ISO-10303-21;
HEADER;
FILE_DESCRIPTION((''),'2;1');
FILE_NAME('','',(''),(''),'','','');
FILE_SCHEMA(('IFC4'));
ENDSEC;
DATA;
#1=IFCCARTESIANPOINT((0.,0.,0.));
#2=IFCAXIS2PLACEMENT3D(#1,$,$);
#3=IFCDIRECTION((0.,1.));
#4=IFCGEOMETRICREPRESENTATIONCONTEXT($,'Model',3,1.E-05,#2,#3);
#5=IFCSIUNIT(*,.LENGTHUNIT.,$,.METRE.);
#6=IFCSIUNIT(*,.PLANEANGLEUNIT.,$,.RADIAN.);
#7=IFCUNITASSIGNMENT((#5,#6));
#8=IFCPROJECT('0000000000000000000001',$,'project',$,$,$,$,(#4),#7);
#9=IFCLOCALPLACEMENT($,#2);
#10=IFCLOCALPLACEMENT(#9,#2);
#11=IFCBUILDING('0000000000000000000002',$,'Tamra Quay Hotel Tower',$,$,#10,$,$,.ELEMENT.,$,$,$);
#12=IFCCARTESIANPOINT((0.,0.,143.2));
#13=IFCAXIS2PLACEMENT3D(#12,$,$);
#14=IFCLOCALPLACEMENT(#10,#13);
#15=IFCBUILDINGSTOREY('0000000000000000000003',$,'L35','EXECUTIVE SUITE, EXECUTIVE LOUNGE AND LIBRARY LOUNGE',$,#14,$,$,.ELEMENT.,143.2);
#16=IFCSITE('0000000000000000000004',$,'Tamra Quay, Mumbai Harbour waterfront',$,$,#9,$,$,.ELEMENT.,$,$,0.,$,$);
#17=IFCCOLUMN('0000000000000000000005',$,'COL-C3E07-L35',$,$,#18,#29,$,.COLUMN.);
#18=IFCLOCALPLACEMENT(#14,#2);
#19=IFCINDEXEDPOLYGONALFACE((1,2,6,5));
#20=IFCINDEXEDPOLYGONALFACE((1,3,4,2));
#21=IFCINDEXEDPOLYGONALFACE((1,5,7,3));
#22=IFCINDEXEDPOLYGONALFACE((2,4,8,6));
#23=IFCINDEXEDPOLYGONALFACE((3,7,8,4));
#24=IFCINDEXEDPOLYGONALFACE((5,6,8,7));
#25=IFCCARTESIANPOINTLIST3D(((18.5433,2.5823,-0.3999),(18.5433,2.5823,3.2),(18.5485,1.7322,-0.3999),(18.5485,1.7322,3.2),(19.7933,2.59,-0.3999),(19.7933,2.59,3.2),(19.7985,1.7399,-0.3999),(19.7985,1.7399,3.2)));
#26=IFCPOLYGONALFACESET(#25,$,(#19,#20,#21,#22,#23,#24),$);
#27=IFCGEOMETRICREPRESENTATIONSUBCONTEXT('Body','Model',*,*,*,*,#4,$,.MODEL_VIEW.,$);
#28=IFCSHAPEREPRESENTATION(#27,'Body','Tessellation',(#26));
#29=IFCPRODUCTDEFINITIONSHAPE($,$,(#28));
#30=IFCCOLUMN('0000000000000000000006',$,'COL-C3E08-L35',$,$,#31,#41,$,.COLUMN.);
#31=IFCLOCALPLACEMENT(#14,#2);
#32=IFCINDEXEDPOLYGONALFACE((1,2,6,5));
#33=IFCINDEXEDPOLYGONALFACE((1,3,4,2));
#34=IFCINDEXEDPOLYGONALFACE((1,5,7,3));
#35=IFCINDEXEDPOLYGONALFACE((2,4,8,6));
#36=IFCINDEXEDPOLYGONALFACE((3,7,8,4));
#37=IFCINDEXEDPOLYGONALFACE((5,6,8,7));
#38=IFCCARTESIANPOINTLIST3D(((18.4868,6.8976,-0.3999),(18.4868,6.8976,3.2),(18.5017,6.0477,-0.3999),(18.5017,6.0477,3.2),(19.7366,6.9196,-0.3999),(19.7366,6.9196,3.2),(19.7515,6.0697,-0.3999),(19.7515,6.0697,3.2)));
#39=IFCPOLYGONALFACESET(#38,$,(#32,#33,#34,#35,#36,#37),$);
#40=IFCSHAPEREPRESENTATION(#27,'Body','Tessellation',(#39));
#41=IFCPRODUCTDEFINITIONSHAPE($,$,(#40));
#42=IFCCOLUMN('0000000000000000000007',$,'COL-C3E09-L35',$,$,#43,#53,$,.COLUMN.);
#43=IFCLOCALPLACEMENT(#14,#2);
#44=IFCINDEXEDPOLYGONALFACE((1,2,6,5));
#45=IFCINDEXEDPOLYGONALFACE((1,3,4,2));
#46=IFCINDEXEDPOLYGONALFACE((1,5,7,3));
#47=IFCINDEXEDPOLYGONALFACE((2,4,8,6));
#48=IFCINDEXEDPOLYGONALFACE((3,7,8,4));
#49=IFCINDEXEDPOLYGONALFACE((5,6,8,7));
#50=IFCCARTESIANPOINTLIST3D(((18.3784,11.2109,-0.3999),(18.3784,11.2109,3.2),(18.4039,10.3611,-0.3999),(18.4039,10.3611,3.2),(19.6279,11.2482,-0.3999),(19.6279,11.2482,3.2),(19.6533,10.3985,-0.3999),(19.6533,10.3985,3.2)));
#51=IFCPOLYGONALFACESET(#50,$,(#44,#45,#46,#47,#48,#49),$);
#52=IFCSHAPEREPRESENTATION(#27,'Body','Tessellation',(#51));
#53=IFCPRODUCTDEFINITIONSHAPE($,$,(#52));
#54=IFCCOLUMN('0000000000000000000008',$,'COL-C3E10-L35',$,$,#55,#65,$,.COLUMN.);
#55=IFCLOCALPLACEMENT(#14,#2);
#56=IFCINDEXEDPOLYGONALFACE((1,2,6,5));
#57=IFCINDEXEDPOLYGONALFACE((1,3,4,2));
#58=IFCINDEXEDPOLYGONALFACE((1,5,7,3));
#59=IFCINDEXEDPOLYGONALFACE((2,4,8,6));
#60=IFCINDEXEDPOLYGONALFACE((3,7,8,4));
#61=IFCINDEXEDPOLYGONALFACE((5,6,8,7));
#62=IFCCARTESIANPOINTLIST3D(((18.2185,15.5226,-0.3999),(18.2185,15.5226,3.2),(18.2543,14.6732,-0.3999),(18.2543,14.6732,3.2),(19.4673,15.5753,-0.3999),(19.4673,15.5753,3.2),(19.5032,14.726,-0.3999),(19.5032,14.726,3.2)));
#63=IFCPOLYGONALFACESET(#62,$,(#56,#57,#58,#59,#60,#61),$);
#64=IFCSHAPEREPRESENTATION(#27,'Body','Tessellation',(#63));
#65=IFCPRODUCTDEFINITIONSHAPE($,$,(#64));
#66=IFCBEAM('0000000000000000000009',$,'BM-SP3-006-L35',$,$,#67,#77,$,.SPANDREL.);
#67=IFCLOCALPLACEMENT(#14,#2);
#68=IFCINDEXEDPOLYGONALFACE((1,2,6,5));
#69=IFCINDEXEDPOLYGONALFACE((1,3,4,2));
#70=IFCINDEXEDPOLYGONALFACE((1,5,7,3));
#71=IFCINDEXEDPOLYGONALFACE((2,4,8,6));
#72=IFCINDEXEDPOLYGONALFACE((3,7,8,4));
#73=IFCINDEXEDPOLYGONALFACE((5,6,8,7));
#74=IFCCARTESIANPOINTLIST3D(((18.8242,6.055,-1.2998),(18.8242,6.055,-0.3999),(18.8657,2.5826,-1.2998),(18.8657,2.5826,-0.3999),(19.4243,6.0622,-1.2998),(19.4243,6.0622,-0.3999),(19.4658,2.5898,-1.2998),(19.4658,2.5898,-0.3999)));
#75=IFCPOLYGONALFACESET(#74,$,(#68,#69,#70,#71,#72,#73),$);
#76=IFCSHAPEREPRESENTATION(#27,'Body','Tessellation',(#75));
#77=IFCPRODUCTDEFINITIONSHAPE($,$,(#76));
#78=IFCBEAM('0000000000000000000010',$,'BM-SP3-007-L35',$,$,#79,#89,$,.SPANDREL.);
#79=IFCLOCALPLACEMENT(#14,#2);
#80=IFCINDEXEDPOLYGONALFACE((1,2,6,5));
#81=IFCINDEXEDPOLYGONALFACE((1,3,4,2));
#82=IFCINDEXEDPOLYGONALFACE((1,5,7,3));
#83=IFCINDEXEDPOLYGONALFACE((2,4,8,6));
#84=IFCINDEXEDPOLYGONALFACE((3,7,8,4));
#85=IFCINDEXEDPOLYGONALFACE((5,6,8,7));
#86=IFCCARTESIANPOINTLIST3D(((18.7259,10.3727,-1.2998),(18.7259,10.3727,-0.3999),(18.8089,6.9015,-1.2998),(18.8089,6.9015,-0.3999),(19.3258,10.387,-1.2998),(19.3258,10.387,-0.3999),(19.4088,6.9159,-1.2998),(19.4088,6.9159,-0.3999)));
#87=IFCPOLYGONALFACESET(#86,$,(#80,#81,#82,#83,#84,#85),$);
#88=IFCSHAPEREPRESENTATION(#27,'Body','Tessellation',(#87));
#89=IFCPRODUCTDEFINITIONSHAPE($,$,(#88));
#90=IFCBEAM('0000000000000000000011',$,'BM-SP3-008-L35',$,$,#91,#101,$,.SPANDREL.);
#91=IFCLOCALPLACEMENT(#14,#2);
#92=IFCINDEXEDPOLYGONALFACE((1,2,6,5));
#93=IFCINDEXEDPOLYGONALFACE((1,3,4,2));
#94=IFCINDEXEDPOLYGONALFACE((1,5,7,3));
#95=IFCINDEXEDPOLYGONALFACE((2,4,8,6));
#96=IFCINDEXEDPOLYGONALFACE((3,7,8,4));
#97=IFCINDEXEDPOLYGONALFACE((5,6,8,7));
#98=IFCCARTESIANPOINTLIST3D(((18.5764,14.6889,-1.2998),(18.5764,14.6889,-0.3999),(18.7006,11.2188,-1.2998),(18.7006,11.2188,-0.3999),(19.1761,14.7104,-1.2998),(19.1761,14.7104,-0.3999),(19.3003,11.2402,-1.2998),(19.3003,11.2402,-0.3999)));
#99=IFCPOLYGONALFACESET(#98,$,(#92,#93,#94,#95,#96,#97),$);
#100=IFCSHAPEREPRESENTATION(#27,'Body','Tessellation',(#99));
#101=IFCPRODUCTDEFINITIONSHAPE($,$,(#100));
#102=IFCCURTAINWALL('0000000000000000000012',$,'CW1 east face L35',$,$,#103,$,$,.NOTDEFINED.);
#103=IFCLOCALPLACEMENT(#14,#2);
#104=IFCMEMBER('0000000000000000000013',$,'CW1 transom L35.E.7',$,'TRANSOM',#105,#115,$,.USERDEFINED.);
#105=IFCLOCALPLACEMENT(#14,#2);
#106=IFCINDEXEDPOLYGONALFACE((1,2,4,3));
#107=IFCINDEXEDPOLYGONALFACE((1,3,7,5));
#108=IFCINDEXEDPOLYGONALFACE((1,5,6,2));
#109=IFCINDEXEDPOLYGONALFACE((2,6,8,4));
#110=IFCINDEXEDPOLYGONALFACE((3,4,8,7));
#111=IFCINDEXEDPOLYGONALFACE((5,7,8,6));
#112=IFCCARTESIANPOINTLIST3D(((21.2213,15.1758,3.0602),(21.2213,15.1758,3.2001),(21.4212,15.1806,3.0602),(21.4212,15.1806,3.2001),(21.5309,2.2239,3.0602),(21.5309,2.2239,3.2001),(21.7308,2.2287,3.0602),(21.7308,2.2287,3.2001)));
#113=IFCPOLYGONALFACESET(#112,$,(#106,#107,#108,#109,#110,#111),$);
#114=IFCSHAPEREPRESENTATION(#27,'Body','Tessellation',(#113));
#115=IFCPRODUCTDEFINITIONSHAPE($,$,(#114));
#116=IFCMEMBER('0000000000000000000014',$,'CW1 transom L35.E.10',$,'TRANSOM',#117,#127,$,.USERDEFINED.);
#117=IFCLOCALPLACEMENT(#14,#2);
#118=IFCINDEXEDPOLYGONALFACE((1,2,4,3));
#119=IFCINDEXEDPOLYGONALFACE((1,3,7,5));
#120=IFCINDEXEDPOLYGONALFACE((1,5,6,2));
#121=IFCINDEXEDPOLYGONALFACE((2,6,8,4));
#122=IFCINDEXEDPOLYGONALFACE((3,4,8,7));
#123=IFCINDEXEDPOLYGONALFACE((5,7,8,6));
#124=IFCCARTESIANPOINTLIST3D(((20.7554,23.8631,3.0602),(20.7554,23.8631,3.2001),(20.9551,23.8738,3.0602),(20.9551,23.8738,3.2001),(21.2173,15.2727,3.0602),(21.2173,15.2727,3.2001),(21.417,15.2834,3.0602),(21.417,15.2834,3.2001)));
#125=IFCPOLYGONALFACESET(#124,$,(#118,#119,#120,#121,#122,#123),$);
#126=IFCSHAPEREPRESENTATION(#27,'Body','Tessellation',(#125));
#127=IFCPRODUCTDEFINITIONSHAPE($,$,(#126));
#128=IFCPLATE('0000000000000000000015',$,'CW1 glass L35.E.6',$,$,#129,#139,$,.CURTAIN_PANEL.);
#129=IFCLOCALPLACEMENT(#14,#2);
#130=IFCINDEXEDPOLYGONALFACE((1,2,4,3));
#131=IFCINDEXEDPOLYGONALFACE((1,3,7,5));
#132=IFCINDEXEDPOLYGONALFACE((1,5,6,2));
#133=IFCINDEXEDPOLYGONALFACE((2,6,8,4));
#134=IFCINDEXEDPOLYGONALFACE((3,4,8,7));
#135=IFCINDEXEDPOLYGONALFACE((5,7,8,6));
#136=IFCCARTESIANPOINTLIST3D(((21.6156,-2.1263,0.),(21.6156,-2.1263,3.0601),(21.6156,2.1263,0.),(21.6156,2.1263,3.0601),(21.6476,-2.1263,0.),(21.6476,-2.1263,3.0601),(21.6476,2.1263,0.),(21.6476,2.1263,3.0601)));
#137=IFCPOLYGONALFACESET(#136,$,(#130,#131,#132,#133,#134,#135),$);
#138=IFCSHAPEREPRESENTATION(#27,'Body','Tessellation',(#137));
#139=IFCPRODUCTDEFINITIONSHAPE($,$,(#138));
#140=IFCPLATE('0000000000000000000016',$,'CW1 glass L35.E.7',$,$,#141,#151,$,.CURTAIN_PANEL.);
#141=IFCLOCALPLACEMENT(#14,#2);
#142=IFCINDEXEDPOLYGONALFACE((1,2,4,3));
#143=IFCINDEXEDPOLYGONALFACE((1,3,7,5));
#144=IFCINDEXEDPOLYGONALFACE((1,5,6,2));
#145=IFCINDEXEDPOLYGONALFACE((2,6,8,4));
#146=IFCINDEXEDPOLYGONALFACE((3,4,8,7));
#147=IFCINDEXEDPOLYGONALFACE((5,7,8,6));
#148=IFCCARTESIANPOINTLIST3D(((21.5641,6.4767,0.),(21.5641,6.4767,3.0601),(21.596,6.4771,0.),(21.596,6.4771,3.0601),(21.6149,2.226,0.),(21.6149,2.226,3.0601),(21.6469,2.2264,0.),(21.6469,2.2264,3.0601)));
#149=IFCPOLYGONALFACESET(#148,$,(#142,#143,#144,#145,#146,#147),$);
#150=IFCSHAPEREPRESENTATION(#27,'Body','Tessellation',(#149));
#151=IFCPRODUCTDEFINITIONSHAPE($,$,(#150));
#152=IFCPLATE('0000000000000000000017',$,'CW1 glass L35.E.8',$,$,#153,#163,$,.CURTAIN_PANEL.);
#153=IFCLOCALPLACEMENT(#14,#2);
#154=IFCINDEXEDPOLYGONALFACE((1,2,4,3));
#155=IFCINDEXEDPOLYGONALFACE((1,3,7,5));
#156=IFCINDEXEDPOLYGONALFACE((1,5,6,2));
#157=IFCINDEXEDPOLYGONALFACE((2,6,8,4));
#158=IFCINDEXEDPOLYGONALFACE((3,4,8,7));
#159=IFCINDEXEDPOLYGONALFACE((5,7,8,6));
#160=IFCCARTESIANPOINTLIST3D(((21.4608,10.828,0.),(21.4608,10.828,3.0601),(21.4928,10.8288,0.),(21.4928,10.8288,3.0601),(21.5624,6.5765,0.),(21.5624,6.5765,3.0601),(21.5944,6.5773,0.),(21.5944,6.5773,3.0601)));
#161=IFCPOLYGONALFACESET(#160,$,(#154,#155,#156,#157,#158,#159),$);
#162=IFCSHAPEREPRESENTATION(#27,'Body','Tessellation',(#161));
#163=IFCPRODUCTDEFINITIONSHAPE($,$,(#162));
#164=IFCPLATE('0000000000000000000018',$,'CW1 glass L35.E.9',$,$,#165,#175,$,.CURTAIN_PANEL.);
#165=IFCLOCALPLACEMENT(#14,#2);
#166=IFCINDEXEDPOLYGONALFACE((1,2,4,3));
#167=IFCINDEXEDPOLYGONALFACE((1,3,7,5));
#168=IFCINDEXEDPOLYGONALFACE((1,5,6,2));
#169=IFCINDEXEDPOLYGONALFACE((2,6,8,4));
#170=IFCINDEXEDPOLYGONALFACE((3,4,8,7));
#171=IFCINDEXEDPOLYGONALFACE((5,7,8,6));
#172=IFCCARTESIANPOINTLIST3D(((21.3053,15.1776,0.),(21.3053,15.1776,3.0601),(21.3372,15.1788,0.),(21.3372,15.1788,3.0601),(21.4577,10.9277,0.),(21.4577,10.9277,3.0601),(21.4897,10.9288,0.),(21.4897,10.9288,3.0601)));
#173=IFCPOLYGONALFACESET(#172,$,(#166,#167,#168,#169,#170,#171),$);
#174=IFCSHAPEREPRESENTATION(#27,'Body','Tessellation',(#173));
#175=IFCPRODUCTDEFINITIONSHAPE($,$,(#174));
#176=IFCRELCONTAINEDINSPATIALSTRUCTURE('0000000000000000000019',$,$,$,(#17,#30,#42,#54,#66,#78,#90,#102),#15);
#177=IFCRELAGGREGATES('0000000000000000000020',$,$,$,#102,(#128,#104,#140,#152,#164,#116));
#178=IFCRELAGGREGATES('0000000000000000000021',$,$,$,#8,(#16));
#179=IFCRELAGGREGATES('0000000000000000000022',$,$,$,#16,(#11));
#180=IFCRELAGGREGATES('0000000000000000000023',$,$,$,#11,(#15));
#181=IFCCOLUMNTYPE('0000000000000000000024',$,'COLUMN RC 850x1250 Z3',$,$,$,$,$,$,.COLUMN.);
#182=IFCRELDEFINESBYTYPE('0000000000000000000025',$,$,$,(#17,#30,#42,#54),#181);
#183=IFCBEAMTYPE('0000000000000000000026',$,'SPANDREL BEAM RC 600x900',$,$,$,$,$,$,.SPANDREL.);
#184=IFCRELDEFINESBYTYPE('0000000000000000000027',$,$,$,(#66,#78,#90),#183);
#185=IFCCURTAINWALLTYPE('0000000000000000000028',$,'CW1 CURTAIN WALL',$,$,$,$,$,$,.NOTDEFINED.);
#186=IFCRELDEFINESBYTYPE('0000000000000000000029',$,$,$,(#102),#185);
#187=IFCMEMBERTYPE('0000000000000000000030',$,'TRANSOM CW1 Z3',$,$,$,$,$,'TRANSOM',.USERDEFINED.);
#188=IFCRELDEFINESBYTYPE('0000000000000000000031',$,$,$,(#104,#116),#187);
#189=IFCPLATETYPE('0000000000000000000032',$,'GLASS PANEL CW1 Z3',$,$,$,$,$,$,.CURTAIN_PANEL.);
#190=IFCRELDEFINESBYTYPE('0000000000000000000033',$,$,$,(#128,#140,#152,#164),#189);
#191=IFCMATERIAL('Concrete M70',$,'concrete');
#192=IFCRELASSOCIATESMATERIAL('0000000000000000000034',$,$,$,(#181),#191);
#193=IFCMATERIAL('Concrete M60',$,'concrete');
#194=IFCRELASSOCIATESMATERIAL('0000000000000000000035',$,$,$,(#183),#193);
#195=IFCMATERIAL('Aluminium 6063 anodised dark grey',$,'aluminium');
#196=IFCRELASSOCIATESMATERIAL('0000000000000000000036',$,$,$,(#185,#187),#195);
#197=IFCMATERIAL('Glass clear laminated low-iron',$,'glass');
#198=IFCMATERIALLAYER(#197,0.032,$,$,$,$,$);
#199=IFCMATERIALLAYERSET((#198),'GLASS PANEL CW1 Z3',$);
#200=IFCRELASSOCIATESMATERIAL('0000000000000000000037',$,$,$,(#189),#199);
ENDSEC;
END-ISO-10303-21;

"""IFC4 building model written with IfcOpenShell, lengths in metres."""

from ifc_helpers import new_model, si_unit, direction, frame, origin, origin_2d, place, context, subcontext, project, spatial, rectangle, extrude, material, layer, layer_set, material_profile, profile_set, type_object, element, aggregate, save


model = new_model("IFC4")

# Units and contexts
model_context = context("Model", 3, precision=1e-05, world=origin(), true_north=direction((0.0, 1.0)))
body_context = subcontext(model_context, "Body", "Model", "MODEL_VIEW")
ifc_project = project(units=[si_unit("LENGTHUNIT", "METRE"), si_unit("PLANEANGLEUNIT", "RADIAN")], contexts=[model_context])

# Site, building, storey
site_placement = place(None, origin())
site = spatial("IfcSite", under=ifc_project, at=site_placement, Name="Tamra Quay, Mumbai Harbour waterfront", CompositionType="ELEMENT", RefElevation=0.0)
building_placement = place(site_placement, origin())
building = spatial("IfcBuilding", under=site, at=building_placement, Name="Tamra Quay Hotel Tower", CompositionType="ELEMENT")
storey_placement = place(building_placement, frame((0.0, 0.0, 143.2)))
storey = spatial("IfcBuildingStorey", under=building, at=storey_placement, Name="L35", Description="EXECUTIVE SUITE, EXECUTIVE LOUNGE AND LIBRARY LOUNGE", CompositionType="ELEMENT", Elevation=143.2)

# Columns
ifc_material_1 = material(Name="Concrete M70", Category="concrete")
ifc_material_profile_1 = material_profile(ifc_material_1, rectangle(XDim=1.25, YDim=0.8501, at=origin_2d()), Name="COLUMN RC 850x1250 Z3")
ifc_profile_set_1 = profile_set([ifc_material_profile_1], Name="Concrete M70")
column_type = type_object("IfcColumnType", Name="COLUMN RC 850x1250 Z3", PredefinedType="COLUMN", material=ifc_profile_set_1)
for number, where, z_axis, x_axis, name in (
    (1, (19.1709, 2.1611, -0.3999), (0.0, 0.0, 1.0), (0.999981, 0.006159, 0.0), "COL-C3E07-L35"),
    (2, (19.1191, 6.4836, -0.3999), (0.0, 0.0, 1.0), (0.999845, 0.017597, 0.0), "COL-C3E08-L35"),
    (3, (19.0159, 10.8047, -0.3999), (0.0, 0.0, 1.0), (0.999553, 0.029907, 0.0), "COL-C3E09-L35"),
    (4, (18.8608, 15.1243, -0.3999), (0.0, 0.0, 1.0), (0.999109, 0.042202, 0.0), "COL-C3E10-L35"),
):
    element("IfcColumn", number, at=place(storey_placement, frame(where, z_axis=z_axis, x_axis=x_axis)), inside=storey, type_object=column_type, Name=name, PredefinedType="COLUMN", context=body_context, shape_type="SweptSolid", body=[
        extrude(rectangle(XDim=1.25, YDim=0.8501, at=origin_2d()), origin(), (0.0, 0.0, 1.0), 3.5999),
    ])

# Beams
ifc_material_2 = material(Name="Concrete M60", Category="concrete")
ifc_material_profile_2 = material_profile(ifc_material_2, rectangle(XDim=0.6001, YDim=0.8999, at=origin_2d()), Name="SPANDREL BEAM RC 600x900")
ifc_profile_set_2 = profile_set([ifc_material_profile_2], Name="Concrete M60")
beam_type = type_object("IfcBeamType", Name="SPANDREL BEAM RC 600x900", PredefinedType="SPANDREL", material=ifc_profile_set_2)
beam_1_placement = place(storey_placement, frame((19.1658, 2.5862, -0.8499), z_axis=(-0.011952, 0.999929, 0.0), x_axis=(-0.999929, -0.011952, 0.0)))
element("IfcBeam", 5, at=beam_1_placement, inside=storey, type_object=beam_type, Name="BM-SP3-006-L35", PredefinedType="SPANDREL", context=body_context, shape_type="SweptSolid", body=[
    extrude(rectangle(XDim=0.6001, YDim=0.8999, at=origin_2d()), origin(), (0.0, 0.0, 1.0), 3.4727),
])
beam_2_placement = place(storey_placement, frame((19.1089, 6.9087, -0.8499), z_axis=(-0.023907, 0.999714, 0.0), x_axis=(-0.999714, -0.023907, 0.0)))
element("IfcBeam", 6, at=beam_2_placement, inside=storey, type_object=beam_type, Name="BM-SP3-007-L35", PredefinedType="SPANDREL", context=body_context, shape_type="SweptSolid", body=[
    extrude(rectangle(XDim=0.6001, YDim=0.8999, at=origin_2d()), origin(), (0.0, 0.0, 1.0), 3.4722),
])
beam_3_placement = place(storey_placement, frame((19.0005, 11.2295, -0.8499), z_axis=(-0.035787, 0.999359, 0.0), x_axis=(-0.999359, -0.035787, 0.0)))
element("IfcBeam", 7, at=beam_3_placement, inside=storey, type_object=beam_type, Name="BM-SP3-008-L35", PredefinedType="SPANDREL", context=body_context, shape_type="SweptSolid", body=[
    extrude(rectangle(XDim=0.6001, YDim=0.8999, at=origin_2d()), origin(), (0.0, 0.0, 1.0), 3.4724),
])

# Curtain wall, members, plates
ifc_material_3 = material(Name="Aluminium 6063 anodised dark grey", Category="aluminium")
curtain_wall_type = type_object("IfcCurtainWallType", Name="CW1 CURTAIN WALL", PredefinedType="NOTDEFINED", material=ifc_material_3)
curtain_wall_placement = place(storey_placement, origin())
curtain_wall = element("IfcCurtainWall", 8, at=curtain_wall_placement, inside=storey, type_object=curtain_wall_type, Name="CW1 east face L35", PredefinedType="NOTDEFINED")
ifc_material_profile_3 = material_profile(ifc_material_3, rectangle(XDim=0.2, YDim=0.1399, at=origin_2d()), Name="TRANSOM 200X140")
ifc_profile_set_3 = profile_set([ifc_material_profile_3], Name="Aluminium 6063 anodised dark grey")
member_type = type_object("IfcMemberType", Name="TRANSOM CW1 Z3", ElementType="TRANSOM", PredefinedType="USERDEFINED", material=ifc_profile_set_3)
member_1_placement = place(storey_placement, frame((21.6309, 2.2263, 3.1301), z_axis=(-0.023895, 0.999714, 0.0), x_axis=(-0.999714, -0.023895, 0.0)))
member_1 = element("IfcMember", 9, at=member_1_placement, type_object=member_type, Name="CW1 transom L35.E.7", ObjectType="TRANSOM", PredefinedType="USERDEFINED", context=body_context, shape_type="SweptSolid", body=[
    extrude(rectangle(XDim=0.2, YDim=0.1399, at=origin_2d()), origin(), (0.0, 0.0, 1.0), 12.9556),
])
member_2_placement = place(storey_placement, frame((21.3171, 15.2781, 3.1301), z_axis=(-0.053694, 0.998557, 0.0), x_axis=(-0.998557, -0.053694, 0.0)))
member_2 = element("IfcMember", 10, at=member_2_placement, type_object=member_type, Name="CW1 transom L35.E.10", ObjectType="TRANSOM", PredefinedType="USERDEFINED", context=body_context, shape_type="SweptSolid", body=[
    extrude(rectangle(XDim=0.2, YDim=0.1399, at=origin_2d()), origin(), (0.0, 0.0, 1.0), 8.6028),
])
ifc_material_4 = material(Name="Glass clear laminated low-iron", Category="glass")
ifc_layer_1 = layer(ifc_material_4, 0.032)
ifc_layer_set_1 = layer_set([ifc_layer_1], Name="GLASS PANEL CW1 Z3")
plate_type = type_object("IfcPlateType", Name="GLASS PANEL CW1 Z3", PredefinedType="CURTAIN_PANEL", material=ifc_layer_set_1)
plate_1_placement = place(storey_placement, frame((21.6316, 0.0, 0.0), z_axis=(0.0, 0.0, 1.0), x_axis=(0.0, 1.0, 0.0)))
plate_1 = element("IfcPlate", 11, at=plate_1_placement, type_object=plate_type, Name="CW1 glass L35.E.6", PredefinedType="CURTAIN_PANEL", context=body_context, shape_type="SweptSolid", body=[
    extrude(rectangle(XDim=4.2527, YDim=0.032, at=origin_2d()), origin(), (0.0, 0.0, 1.0), 3.0601),
])
plate_2_placement = place(storey_placement, frame((21.6055, 4.3516, 0.0), z_axis=(0.0, 0.0, 1.0), x_axis=(-0.011957, 0.999929, 0.0)))
plate_2 = element("IfcPlate", 12, at=plate_2_placement, type_object=plate_type, Name="CW1 glass L35.E.7", PredefinedType="CURTAIN_PANEL", context=body_context, shape_type="SweptSolid", body=[
    extrude(rectangle(XDim=4.251, YDim=0.032, at=origin_2d()), origin(), (0.0, 0.0, 1.0), 3.0601),
])
plate_3_placement = place(storey_placement, frame((21.5276, 8.7026, 0.0), z_axis=(0.0, 0.0, 1.0), x_axis=(-0.023896, 0.999714, 0.0)))
plate_3 = element("IfcPlate", 13, at=plate_3_placement, type_object=plate_type, Name="CW1 glass L35.E.8", PredefinedType="CURTAIN_PANEL", context=body_context, shape_type="SweptSolid", body=[
    extrude(rectangle(XDim=4.2527, YDim=0.032, at=origin_2d()), origin(), (0.0, 0.0, 1.0), 3.0601),
])
plate_4_placement = place(storey_placement, frame((21.3975, 13.0532, 0.0), z_axis=(0.0, 0.0, 1.0), x_axis=(-0.035845, 0.999357, 0.0)))
plate_4 = element("IfcPlate", 14, at=plate_4_placement, type_object=plate_type, Name="CW1 glass L35.E.9", PredefinedType="CURTAIN_PANEL", context=body_context, shape_type="SweptSolid", body=[
    extrude(rectangle(XDim=4.2527, YDim=0.032, at=origin_2d()), origin(), (0.0, 0.0, 1.0), 3.0601),
])
aggregate(curtain_wall, [plate_1, member_1, plate_2, plate_3, plate_4, member_2])

save(model, "model.ifc")
